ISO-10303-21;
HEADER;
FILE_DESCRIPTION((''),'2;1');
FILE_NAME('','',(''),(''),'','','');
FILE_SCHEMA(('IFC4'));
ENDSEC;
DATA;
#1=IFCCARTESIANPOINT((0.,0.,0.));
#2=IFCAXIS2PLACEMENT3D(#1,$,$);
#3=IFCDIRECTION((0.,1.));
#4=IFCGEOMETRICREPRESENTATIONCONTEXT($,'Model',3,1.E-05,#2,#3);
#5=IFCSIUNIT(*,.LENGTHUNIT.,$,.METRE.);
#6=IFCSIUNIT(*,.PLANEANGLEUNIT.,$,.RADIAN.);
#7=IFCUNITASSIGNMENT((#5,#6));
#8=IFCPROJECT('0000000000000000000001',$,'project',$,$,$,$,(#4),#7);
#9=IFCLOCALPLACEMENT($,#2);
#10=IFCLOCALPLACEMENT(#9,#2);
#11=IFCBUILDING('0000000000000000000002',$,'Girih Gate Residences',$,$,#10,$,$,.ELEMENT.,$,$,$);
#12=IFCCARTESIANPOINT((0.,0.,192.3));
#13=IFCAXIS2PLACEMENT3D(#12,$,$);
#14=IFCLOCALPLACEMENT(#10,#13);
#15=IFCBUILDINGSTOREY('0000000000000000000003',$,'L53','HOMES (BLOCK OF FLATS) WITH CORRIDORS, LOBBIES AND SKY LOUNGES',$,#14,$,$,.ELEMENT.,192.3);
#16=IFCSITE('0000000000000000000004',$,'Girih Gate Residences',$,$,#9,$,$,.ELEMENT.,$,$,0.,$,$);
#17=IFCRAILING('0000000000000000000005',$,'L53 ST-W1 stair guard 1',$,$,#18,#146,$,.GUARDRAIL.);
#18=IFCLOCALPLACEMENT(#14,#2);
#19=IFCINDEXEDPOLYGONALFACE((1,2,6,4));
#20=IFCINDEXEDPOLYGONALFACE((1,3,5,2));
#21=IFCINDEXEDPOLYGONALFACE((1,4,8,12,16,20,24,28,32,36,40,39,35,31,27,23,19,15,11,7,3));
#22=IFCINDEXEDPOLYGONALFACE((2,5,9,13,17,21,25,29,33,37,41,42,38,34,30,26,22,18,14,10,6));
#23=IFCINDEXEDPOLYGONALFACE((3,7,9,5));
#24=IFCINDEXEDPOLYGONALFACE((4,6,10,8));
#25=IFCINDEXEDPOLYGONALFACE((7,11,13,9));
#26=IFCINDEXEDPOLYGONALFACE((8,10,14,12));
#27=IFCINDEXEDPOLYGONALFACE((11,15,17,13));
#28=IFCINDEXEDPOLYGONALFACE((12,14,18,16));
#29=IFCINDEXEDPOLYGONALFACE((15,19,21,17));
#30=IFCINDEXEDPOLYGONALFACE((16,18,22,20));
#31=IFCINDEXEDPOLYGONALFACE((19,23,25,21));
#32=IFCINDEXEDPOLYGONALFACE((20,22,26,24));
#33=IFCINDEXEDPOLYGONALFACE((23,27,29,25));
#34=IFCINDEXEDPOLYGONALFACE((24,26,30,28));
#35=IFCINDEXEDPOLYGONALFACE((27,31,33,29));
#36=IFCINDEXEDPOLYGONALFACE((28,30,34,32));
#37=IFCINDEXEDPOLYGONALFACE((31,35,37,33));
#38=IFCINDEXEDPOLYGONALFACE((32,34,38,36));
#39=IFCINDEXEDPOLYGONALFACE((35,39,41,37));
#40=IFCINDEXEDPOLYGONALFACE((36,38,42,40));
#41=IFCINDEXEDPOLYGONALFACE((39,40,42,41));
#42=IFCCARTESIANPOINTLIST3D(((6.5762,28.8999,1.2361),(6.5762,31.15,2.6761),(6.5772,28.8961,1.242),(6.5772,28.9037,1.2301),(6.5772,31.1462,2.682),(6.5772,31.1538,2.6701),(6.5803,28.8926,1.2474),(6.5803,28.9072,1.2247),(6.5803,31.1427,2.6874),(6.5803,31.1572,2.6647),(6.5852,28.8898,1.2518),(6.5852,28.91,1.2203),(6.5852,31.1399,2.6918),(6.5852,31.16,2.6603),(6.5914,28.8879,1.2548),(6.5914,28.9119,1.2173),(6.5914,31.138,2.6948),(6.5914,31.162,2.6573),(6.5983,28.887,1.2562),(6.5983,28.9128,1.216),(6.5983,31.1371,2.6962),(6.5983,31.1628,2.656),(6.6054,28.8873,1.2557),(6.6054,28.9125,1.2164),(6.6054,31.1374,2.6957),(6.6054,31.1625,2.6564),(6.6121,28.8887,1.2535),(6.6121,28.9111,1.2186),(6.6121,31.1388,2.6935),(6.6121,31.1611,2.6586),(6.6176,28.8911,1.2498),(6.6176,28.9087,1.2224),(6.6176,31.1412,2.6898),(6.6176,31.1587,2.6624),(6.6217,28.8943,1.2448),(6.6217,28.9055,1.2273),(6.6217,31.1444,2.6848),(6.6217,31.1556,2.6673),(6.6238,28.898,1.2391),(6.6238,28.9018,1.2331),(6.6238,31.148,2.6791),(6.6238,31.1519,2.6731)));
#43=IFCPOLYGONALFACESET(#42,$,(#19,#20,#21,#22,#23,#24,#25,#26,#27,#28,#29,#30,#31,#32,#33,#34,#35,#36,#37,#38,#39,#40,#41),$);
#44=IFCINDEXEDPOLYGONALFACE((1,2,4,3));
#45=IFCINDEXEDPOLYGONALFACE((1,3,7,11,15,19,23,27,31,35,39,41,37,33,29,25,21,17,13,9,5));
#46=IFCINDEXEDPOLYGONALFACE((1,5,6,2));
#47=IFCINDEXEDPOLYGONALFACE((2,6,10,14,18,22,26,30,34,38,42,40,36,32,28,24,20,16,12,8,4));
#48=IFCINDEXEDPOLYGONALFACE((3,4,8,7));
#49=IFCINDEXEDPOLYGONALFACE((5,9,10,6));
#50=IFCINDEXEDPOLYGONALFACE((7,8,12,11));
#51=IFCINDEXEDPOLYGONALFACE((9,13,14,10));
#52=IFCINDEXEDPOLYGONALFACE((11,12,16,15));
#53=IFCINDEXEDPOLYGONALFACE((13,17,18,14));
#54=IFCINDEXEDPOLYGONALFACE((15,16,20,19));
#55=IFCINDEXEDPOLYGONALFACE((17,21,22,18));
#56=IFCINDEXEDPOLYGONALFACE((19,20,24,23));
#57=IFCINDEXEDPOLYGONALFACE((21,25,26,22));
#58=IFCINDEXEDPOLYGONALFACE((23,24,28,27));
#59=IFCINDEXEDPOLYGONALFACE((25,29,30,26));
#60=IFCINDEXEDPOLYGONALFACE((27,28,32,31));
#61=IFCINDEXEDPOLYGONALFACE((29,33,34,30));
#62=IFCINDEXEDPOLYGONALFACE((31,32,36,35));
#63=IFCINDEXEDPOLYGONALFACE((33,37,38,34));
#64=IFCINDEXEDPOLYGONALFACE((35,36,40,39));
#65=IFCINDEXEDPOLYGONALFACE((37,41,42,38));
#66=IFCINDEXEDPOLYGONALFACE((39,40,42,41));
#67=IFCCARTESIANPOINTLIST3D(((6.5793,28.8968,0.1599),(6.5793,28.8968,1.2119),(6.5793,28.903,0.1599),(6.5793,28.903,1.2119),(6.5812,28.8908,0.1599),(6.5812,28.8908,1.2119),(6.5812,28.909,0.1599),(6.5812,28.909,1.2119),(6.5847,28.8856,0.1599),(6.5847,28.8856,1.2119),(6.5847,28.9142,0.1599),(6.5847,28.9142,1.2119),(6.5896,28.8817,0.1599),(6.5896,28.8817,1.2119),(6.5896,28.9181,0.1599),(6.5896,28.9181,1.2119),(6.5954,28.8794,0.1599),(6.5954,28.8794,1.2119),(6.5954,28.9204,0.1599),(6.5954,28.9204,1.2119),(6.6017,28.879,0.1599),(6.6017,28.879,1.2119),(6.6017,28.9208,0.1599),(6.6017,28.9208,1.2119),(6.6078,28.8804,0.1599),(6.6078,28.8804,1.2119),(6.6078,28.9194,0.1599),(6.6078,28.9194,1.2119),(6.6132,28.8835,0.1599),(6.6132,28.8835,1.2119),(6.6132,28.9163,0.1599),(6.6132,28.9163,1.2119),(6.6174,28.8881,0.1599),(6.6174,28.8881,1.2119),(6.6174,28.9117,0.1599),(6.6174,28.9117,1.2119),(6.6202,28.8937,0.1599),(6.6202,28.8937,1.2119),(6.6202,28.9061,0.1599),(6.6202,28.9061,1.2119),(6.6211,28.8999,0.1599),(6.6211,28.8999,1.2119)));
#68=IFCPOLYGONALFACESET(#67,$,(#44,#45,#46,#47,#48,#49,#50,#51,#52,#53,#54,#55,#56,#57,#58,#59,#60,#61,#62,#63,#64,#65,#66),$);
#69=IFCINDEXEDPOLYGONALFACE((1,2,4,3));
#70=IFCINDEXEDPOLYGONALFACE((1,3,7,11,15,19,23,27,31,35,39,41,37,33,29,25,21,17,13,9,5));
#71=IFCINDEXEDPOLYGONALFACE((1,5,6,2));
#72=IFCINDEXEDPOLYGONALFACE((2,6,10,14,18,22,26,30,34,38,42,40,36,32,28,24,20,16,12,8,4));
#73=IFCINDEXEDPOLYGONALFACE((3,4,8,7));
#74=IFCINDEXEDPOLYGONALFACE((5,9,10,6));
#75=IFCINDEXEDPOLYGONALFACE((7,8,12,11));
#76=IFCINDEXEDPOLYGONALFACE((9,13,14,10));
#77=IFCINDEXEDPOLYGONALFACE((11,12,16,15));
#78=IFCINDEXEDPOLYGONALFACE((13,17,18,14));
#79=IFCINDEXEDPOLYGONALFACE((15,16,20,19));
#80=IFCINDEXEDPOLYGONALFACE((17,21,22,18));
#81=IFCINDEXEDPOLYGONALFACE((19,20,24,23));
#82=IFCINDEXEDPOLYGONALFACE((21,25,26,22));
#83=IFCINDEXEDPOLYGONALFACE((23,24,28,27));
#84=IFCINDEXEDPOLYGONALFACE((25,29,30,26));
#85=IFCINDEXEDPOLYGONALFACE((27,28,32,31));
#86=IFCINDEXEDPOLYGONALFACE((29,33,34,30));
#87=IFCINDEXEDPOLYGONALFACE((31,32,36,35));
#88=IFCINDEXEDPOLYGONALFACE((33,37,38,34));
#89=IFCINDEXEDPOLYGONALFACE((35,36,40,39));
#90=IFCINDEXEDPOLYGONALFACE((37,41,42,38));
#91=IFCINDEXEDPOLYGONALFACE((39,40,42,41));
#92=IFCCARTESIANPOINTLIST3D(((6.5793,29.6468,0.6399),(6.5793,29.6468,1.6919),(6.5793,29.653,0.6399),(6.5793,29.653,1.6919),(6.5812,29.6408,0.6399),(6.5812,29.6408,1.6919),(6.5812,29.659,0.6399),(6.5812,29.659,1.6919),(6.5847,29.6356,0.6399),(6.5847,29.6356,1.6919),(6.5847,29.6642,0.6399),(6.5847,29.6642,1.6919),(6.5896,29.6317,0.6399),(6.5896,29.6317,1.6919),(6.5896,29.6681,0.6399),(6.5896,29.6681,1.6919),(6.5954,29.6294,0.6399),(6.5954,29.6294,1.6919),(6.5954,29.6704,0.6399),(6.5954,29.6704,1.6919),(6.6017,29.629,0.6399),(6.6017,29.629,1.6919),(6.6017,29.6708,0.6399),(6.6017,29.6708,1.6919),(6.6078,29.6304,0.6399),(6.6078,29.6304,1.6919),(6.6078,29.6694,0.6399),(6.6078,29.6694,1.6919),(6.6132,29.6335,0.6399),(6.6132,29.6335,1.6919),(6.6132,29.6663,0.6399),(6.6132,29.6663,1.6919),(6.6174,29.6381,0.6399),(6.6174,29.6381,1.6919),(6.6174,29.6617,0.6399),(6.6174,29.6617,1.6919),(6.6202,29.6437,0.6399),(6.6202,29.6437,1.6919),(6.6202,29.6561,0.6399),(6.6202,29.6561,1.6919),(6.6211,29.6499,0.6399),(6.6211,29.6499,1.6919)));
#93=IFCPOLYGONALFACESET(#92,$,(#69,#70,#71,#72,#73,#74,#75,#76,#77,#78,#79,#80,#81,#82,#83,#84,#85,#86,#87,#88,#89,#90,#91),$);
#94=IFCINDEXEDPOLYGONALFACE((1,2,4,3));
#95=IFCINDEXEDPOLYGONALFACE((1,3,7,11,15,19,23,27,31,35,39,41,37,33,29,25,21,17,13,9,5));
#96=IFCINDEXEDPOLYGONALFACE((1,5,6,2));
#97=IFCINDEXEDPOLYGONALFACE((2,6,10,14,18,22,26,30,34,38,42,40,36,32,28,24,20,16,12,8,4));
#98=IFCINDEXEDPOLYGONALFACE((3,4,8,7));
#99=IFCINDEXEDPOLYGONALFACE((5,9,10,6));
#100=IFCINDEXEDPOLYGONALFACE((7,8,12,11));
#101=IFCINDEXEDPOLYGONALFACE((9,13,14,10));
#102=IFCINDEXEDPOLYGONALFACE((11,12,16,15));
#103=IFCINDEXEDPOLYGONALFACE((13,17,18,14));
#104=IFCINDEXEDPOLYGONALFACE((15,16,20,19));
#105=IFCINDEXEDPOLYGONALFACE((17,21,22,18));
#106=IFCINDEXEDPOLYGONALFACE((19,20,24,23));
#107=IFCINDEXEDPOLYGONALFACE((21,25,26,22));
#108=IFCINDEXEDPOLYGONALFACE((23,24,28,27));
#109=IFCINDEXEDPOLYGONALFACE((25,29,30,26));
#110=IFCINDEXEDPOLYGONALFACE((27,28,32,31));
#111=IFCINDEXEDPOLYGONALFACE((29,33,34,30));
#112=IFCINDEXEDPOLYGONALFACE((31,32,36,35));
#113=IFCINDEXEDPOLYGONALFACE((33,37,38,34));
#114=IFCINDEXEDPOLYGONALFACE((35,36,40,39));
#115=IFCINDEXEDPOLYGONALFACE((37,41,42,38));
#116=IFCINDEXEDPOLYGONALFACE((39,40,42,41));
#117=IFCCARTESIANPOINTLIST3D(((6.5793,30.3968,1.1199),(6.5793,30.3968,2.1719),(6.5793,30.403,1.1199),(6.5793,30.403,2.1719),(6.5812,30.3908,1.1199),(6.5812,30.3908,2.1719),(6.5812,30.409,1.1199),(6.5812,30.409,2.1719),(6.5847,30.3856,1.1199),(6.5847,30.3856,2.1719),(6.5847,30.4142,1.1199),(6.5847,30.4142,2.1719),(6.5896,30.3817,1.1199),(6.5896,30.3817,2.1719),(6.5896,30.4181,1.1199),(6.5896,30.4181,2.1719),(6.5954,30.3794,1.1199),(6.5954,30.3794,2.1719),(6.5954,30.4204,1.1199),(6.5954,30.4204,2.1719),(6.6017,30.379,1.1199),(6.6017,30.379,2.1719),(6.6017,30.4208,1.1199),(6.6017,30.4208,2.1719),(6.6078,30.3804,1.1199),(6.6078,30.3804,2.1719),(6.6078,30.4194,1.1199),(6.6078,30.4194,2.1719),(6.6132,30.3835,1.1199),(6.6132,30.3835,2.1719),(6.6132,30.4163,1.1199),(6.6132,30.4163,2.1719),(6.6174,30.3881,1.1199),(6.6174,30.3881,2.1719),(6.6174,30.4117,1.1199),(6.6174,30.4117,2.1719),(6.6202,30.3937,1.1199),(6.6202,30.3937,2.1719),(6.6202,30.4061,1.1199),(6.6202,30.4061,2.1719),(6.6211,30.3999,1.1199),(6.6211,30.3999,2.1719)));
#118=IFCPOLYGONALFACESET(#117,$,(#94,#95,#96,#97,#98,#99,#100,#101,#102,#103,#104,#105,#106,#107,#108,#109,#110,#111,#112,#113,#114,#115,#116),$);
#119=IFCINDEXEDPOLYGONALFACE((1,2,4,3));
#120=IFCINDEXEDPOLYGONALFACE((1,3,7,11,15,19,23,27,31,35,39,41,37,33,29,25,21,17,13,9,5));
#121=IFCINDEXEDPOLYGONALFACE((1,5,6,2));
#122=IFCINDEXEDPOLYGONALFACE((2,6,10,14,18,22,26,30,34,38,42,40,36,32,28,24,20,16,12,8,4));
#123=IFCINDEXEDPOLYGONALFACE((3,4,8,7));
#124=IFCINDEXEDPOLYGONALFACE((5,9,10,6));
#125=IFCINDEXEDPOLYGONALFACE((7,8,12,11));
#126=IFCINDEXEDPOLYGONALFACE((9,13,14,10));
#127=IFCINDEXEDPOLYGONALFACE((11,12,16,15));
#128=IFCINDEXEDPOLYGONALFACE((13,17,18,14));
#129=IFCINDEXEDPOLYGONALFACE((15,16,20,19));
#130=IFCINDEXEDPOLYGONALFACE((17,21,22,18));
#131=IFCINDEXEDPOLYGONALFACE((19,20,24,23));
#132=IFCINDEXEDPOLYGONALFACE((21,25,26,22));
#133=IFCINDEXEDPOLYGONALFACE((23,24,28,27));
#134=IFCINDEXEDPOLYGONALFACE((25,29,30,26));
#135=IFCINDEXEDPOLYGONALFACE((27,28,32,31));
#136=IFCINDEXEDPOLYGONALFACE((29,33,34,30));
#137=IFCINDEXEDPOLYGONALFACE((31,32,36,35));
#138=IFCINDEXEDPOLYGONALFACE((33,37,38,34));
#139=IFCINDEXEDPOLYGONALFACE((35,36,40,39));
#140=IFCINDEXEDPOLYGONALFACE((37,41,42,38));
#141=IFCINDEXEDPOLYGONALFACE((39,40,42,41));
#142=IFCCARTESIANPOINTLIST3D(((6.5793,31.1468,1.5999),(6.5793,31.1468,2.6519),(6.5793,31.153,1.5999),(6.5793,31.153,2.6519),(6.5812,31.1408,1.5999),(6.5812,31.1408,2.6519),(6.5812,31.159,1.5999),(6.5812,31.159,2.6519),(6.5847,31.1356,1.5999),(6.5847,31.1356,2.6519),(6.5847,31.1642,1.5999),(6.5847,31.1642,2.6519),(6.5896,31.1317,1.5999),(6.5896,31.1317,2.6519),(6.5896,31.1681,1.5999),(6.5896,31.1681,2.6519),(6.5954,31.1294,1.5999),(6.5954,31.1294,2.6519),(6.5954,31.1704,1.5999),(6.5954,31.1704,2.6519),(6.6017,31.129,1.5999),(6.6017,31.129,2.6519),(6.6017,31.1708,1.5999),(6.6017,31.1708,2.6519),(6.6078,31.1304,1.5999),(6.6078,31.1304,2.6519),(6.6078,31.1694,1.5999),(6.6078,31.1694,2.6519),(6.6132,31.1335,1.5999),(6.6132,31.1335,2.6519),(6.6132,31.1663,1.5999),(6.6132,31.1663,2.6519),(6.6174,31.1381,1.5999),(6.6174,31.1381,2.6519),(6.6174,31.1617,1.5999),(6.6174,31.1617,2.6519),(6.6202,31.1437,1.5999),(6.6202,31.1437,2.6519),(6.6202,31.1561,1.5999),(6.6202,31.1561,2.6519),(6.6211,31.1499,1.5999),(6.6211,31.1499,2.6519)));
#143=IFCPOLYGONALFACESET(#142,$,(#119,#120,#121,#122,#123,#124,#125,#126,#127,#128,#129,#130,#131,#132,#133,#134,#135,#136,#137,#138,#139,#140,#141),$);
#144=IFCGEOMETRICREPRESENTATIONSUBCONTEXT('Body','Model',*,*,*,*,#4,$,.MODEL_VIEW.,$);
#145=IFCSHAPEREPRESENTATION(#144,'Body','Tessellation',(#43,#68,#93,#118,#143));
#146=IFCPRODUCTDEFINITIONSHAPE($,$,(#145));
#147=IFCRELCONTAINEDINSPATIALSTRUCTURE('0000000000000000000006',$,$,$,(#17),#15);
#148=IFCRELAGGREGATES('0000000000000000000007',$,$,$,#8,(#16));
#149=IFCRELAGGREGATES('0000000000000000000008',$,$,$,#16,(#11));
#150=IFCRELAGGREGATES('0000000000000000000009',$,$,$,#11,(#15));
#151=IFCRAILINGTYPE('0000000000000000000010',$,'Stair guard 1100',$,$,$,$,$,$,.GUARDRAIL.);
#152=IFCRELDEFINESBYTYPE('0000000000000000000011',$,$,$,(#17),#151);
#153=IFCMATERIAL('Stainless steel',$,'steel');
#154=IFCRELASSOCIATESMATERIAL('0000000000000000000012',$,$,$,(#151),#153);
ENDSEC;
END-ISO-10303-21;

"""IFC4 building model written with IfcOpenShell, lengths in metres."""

from ifc_helpers import new_model, si_unit, direction, frame, origin, origin_2d, place, context, subcontext, project, spatial, circle, extrude, material, type_object, element, save


model = new_model("IFC4")

# Units and contexts
model_context = context("Model", 3, precision=1e-05, world=origin(), true_north=direction((0.0, 1.0)))
body_context = subcontext(model_context, "Body", "Model", "MODEL_VIEW")
ifc_project = project(units=[si_unit("LENGTHUNIT", "METRE"), si_unit("PLANEANGLEUNIT", "RADIAN")], contexts=[model_context])

# Site, building, storey
site_placement = place(None, origin())
site = spatial("IfcSite", under=ifc_project, at=site_placement, Name="Girih Gate Residences", CompositionType="ELEMENT", RefElevation=0.0)
building_placement = place(site_placement, origin())
building = spatial("IfcBuilding", under=site, at=building_placement, Name="Girih Gate Residences", CompositionType="ELEMENT")
storey_placement = place(building_placement, frame((0.0, 0.0, 192.3)))
storey = spatial("IfcBuildingStorey", under=building, at=storey_placement, Name="L53", Description="HOMES (BLOCK OF FLATS) WITH CORRIDORS, LOBBIES AND SKY LOUNGES", CompositionType="ELEMENT", Elevation=192.3)

# Railing
ifc_material_1 = material(Name="Stainless steel", Category="steel")
railing_type_1 = type_object("IfcRailingType", Name="Stair guard 1100", PredefinedType="GUARDRAIL", material=ifc_material_1)
railing_1_placement = place(storey_placement, frame((6.6001, 28.8999, 0.1599)))
element("IfcRailing", 1, at=railing_1_placement, inside=storey, type_object=railing_type_1, Name="L53 ST-W1 stair guard 1", PredefinedType="GUARDRAIL", context=body_context, shape_type="SweptSolid", body=[
    extrude(circle(Radius=0.0239, at=origin_2d()), frame((0.0, 0.0, 1.0762), z_axis=(0.0, 0.842281, 0.539038), x_axis=(-1.0, 0.0, 0.0)), (0.0, 0.0, 1.0), 2.6714),
    extrude(circle(Radius=0.021, at=origin_2d()), origin(), (0.0, 0.0, 1.0), 1.052),
    extrude(circle(Radius=0.021, at=origin_2d()), frame((0.0, 0.75, 0.48)), (0.0, 0.0, 1.0), 1.052),
    extrude(circle(Radius=0.021, at=origin_2d()), frame((0.0, 1.5, 0.96)), (0.0, 0.0, 1.0), 1.052),
    extrude(circle(Radius=0.021, at=origin_2d()), frame((0.0, 2.25, 1.4399)), (0.0, 0.0, 1.0), 1.052),
])

save(model, "model.ifc")
